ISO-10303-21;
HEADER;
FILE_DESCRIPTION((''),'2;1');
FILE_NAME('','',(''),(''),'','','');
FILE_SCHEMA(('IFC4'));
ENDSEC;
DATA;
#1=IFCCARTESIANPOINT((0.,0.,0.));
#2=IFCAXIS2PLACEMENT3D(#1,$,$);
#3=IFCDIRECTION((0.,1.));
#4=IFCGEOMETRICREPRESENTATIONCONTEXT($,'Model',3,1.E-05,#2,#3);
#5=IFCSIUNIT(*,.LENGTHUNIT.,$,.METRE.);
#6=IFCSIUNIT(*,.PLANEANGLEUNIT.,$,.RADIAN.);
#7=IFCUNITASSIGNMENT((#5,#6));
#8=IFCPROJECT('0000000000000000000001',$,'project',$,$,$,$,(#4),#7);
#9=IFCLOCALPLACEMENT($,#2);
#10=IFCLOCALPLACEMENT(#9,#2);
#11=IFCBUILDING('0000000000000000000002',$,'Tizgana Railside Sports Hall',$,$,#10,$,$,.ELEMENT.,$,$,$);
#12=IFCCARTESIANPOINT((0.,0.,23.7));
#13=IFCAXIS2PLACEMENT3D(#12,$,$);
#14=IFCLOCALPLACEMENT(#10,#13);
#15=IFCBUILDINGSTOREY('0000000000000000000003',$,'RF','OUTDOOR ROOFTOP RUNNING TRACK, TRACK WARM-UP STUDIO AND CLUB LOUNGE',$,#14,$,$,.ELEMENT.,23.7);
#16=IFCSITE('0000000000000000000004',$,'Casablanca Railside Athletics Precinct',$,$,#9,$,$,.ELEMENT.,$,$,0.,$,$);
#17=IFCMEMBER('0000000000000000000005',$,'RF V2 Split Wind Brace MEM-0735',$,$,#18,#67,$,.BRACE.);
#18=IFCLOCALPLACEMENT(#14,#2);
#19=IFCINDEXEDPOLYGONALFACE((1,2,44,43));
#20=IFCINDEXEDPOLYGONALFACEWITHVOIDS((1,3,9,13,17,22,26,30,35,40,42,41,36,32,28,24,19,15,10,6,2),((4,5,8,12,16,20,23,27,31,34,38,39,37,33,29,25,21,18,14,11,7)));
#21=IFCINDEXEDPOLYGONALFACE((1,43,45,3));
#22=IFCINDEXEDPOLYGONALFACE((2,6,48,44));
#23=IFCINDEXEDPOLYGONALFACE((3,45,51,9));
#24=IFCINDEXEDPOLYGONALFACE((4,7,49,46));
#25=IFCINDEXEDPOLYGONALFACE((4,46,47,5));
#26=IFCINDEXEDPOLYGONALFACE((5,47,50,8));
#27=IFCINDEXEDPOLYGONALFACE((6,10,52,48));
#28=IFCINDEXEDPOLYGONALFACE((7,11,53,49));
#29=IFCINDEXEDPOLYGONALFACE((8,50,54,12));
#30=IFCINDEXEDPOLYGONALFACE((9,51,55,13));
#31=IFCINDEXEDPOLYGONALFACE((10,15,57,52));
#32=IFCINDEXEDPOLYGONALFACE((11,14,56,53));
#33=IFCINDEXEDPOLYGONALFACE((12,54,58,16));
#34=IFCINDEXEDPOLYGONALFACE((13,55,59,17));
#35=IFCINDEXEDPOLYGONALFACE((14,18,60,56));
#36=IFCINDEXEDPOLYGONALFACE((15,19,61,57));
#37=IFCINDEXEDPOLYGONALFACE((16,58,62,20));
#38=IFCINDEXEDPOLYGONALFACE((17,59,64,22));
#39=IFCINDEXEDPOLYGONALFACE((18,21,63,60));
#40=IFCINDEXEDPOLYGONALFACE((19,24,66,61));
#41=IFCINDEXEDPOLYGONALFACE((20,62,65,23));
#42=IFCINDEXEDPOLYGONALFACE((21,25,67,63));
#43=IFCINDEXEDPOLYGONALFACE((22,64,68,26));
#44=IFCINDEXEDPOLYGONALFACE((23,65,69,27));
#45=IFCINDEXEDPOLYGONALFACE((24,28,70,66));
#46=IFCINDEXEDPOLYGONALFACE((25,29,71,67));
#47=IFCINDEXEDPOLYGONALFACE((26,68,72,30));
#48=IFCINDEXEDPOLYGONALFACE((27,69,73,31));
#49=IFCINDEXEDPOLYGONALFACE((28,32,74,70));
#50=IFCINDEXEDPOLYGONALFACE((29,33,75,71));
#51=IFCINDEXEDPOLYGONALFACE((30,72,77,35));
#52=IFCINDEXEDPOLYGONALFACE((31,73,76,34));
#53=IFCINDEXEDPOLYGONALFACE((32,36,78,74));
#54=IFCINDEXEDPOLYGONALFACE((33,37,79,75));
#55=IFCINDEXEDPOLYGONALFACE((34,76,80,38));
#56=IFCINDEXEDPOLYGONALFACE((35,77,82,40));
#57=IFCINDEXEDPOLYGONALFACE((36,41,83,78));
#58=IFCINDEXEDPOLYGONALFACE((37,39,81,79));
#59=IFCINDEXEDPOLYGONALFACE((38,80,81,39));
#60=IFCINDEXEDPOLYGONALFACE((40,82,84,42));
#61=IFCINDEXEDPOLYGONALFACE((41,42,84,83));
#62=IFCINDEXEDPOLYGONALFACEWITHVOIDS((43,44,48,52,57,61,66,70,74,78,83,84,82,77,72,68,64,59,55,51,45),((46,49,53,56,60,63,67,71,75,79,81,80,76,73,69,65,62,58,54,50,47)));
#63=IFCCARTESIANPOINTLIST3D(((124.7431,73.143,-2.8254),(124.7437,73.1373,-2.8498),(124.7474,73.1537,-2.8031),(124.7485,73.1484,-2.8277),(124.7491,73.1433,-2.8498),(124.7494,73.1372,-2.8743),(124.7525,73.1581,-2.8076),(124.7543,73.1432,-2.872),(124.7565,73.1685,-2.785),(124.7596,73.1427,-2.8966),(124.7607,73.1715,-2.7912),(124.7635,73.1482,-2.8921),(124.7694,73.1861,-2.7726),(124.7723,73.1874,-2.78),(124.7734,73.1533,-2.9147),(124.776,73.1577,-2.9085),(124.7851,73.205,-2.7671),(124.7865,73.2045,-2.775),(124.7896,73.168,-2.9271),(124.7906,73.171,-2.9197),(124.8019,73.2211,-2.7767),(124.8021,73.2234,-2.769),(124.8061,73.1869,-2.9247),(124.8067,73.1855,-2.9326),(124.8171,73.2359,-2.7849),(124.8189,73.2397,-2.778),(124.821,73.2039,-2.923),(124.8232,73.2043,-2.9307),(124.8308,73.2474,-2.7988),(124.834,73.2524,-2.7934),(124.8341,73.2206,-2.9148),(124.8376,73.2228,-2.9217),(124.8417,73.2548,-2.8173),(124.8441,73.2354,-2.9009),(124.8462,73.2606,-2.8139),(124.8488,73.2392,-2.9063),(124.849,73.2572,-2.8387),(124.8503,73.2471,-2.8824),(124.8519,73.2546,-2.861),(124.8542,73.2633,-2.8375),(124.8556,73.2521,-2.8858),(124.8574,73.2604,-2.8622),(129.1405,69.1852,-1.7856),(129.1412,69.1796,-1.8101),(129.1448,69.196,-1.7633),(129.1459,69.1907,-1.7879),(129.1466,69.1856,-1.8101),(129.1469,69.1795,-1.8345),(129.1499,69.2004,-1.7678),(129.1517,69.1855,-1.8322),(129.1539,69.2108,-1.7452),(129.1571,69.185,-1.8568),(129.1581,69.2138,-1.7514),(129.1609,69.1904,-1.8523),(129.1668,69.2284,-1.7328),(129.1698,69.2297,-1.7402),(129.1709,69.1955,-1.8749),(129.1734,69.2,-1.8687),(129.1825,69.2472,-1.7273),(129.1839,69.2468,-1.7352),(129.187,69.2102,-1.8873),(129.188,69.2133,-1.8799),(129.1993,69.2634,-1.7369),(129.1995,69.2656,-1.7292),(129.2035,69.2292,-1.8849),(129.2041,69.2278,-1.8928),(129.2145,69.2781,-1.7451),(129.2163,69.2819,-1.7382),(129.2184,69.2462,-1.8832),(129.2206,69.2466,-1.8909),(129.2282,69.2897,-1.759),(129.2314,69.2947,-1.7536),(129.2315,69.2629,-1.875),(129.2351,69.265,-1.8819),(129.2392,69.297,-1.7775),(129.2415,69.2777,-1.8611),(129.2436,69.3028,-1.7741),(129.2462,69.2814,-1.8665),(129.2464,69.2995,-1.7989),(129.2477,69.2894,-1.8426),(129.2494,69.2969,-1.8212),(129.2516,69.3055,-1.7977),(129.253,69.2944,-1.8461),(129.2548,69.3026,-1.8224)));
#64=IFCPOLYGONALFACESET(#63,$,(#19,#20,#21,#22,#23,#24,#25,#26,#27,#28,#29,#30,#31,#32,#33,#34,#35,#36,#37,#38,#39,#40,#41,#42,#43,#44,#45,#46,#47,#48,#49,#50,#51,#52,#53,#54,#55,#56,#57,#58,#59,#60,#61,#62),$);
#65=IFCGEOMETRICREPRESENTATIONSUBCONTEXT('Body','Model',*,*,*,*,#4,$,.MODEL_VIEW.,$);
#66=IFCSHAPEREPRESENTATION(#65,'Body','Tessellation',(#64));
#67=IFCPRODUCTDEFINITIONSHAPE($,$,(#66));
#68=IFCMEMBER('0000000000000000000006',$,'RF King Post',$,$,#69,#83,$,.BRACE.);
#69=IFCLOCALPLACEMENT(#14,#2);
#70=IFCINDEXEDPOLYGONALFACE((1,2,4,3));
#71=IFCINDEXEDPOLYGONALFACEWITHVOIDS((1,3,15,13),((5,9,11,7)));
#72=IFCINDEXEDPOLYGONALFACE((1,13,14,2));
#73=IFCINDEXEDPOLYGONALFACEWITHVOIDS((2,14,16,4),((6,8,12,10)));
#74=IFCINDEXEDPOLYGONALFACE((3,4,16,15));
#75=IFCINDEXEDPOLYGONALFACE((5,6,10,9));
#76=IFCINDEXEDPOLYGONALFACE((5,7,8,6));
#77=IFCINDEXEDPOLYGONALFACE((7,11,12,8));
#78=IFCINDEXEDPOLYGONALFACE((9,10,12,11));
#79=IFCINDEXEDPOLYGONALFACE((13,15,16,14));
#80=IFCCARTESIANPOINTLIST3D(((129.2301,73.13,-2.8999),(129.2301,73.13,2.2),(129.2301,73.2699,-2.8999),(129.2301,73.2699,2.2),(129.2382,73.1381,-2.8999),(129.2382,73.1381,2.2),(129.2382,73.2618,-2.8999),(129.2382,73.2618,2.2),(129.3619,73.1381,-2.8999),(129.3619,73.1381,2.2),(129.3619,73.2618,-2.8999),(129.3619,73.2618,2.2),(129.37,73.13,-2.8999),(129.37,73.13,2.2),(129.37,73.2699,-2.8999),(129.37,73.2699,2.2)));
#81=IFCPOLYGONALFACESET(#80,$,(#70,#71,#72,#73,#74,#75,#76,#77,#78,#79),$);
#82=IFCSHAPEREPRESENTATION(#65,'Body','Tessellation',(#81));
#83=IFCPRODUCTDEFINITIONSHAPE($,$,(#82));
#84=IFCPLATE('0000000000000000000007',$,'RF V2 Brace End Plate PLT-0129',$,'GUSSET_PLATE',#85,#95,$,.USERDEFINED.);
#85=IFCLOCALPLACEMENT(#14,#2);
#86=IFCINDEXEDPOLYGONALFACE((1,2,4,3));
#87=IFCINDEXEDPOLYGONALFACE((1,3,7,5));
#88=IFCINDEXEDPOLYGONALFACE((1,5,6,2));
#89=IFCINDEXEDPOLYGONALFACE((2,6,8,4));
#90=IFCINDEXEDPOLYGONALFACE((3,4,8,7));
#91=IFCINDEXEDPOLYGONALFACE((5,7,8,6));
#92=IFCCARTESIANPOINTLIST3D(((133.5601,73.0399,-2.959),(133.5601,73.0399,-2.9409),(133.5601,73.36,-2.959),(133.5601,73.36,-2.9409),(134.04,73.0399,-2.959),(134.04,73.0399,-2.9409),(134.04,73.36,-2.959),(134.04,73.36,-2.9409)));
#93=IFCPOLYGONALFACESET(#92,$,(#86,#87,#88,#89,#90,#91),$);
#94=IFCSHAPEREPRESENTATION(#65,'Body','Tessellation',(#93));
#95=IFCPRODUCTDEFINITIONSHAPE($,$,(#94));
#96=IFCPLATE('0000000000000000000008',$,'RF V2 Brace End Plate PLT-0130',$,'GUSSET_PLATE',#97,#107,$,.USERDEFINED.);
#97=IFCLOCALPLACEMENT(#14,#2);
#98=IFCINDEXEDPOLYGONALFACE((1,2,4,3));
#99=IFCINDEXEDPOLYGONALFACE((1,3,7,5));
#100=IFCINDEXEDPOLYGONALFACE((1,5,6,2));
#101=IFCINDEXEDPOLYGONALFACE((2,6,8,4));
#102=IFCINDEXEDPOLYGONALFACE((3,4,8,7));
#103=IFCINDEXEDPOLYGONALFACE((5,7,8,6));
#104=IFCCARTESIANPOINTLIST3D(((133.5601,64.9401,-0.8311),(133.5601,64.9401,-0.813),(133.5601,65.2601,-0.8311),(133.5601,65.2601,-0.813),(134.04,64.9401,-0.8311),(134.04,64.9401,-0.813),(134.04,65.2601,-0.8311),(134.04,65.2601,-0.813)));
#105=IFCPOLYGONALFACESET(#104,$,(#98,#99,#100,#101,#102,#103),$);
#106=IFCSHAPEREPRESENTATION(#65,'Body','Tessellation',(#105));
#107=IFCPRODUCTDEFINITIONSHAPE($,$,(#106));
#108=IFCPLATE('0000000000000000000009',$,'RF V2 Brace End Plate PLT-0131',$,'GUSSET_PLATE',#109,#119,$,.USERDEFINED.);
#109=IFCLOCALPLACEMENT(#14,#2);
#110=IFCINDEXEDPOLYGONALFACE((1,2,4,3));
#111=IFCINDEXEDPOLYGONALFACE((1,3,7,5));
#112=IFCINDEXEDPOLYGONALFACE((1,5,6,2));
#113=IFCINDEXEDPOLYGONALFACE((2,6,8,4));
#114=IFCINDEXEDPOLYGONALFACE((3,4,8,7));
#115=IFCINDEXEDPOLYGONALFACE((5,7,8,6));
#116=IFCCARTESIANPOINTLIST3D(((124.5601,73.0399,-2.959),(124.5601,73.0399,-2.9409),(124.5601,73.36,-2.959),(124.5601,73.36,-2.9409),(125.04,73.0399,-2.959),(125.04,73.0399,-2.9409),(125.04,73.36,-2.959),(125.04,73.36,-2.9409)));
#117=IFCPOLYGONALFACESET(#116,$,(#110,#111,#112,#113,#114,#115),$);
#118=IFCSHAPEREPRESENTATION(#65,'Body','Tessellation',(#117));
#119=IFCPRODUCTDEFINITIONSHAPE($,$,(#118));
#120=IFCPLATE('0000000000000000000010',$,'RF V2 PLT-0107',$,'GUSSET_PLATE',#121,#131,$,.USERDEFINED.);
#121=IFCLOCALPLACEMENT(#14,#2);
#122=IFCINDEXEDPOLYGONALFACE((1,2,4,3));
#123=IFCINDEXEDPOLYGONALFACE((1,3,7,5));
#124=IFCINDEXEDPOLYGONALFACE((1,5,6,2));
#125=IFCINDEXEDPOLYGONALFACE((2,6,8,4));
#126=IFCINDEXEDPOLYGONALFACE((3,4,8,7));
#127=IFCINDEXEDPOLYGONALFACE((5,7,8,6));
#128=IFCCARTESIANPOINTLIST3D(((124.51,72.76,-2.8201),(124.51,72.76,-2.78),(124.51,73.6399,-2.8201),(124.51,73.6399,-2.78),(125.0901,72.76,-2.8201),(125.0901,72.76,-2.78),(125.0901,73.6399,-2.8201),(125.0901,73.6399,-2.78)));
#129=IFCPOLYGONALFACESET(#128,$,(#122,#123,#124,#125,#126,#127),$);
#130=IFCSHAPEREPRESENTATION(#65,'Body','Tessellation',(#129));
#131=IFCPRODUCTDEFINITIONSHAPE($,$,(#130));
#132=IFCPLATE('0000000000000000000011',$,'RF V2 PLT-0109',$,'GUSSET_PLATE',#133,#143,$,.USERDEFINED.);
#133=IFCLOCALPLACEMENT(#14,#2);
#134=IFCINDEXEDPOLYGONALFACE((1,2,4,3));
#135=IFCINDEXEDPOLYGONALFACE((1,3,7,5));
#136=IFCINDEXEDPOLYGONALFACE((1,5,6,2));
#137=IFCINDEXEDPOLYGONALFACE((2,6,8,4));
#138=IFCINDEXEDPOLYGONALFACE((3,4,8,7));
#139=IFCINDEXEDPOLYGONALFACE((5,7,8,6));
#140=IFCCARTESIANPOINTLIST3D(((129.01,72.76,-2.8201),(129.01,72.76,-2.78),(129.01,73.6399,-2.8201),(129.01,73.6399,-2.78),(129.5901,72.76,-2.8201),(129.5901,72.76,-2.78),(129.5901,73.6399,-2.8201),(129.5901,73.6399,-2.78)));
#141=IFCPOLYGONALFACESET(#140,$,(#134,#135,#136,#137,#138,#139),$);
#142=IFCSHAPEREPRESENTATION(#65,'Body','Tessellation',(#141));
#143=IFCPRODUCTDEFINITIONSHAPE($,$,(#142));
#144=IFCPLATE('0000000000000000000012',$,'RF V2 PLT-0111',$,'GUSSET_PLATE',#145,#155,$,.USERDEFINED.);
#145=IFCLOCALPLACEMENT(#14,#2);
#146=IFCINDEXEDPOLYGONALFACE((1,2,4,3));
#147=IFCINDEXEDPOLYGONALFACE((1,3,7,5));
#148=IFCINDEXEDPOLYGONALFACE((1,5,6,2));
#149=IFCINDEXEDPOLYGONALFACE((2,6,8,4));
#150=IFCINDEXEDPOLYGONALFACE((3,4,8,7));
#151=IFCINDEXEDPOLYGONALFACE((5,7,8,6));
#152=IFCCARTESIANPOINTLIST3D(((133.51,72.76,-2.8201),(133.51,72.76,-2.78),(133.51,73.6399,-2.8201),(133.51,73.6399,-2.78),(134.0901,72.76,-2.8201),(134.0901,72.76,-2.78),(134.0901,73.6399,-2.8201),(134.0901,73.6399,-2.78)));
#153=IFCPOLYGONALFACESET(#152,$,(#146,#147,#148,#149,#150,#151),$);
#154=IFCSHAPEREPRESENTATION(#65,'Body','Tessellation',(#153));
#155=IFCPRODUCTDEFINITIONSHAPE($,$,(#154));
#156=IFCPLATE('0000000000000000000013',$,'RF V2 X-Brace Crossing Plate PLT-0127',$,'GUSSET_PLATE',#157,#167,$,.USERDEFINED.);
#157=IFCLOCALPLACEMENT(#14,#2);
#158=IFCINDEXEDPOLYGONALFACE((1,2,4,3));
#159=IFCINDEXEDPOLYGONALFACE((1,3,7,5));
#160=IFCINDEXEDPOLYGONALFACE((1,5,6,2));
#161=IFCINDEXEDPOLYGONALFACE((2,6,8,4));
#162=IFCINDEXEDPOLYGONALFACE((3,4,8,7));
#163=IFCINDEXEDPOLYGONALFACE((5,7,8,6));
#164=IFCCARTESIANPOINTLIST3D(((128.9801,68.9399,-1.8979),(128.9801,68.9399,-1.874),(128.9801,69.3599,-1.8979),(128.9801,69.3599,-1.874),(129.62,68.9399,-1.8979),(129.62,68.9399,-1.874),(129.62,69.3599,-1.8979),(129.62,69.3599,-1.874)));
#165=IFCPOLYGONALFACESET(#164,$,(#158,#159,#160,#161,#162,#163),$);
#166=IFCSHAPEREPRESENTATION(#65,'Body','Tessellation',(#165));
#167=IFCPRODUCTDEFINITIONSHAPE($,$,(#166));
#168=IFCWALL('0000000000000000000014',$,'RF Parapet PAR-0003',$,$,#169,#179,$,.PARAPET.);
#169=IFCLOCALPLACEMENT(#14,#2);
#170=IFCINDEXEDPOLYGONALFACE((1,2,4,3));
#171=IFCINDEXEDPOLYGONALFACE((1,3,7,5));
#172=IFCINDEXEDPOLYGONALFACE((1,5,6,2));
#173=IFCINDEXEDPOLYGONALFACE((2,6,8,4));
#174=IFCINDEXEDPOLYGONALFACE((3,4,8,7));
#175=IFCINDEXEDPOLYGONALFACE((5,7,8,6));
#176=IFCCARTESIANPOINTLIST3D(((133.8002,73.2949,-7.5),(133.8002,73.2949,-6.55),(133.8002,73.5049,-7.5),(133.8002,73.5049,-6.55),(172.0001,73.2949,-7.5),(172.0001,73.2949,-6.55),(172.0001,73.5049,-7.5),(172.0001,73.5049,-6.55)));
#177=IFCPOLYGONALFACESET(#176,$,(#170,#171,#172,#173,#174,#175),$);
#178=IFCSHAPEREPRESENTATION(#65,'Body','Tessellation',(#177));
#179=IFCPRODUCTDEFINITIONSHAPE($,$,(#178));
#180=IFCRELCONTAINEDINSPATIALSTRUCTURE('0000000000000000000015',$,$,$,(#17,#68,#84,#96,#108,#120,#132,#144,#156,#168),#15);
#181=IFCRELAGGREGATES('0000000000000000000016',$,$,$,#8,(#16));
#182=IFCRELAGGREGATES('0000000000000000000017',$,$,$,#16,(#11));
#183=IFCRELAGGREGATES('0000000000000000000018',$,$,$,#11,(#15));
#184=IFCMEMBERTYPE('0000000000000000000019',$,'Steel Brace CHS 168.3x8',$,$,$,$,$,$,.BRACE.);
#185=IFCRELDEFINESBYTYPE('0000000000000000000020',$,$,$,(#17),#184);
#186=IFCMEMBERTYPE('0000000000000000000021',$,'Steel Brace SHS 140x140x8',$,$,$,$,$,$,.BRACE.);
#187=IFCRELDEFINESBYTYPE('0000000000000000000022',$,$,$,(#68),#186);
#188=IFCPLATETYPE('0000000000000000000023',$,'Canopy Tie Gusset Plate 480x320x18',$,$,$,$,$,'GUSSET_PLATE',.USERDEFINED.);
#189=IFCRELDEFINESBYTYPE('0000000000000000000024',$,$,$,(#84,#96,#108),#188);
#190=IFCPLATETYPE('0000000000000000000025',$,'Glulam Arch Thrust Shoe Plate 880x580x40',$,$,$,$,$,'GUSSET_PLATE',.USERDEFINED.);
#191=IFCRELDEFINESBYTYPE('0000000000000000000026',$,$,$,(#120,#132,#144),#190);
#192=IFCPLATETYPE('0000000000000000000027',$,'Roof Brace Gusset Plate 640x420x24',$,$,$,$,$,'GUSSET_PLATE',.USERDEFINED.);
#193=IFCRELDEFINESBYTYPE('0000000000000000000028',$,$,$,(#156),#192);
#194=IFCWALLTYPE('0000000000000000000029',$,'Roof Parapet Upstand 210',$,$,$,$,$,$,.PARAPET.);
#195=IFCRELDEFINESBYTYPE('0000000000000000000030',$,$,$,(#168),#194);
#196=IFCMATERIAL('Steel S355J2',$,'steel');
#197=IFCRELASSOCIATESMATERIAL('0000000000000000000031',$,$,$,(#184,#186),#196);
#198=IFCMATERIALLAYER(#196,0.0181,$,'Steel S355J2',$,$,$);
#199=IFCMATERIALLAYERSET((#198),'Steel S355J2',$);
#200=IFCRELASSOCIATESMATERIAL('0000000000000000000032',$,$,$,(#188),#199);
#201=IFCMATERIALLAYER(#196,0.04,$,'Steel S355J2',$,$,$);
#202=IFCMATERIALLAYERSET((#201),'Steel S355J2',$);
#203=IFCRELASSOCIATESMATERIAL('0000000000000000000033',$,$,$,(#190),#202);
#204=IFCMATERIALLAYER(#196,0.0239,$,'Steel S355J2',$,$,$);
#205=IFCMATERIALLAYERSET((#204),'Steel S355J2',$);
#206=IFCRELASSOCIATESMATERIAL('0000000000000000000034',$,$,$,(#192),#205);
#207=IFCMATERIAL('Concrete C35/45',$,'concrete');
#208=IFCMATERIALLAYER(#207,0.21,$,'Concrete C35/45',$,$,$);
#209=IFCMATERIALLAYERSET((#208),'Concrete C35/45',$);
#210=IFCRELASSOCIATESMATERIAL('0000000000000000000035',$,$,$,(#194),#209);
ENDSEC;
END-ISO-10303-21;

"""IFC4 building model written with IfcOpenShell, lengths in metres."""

from ifc_helpers import new_model, si_unit, direction, frame, frame_2d, origin, origin_2d, place, context, subcontext, project, spatial, rectangle, hollow_rectangle, hollow_circle, extrude, material, layer, layer_set, material_profile, profile_set, type_object, element, save


model = new_model("IFC4")

# Units and contexts
model_context = context("Model", 3, precision=1e-05, world=origin(), true_north=direction((0.0, 1.0)))
body_context = subcontext(model_context, "Body", "Model", "MODEL_VIEW")
ifc_project = project(units=[si_unit("LENGTHUNIT", "METRE"), si_unit("PLANEANGLEUNIT", "RADIAN")], contexts=[model_context])

# Site, building, storey
site_placement = place(None, origin())
site = spatial("IfcSite", under=ifc_project, at=site_placement, Name="Casablanca Railside Athletics Precinct", CompositionType="ELEMENT", RefElevation=0.0)
building_placement = place(site_placement, origin())
building = spatial("IfcBuilding", under=site, at=building_placement, Name="Tizgana Railside Sports Hall", CompositionType="ELEMENT")
storey_placement = place(building_placement, frame((0.0, 0.0, 23.7)))
storey = spatial("IfcBuildingStorey", under=building, at=storey_placement, Name="RF", Description="OUTDOOR ROOFTOP RUNNING TRACK, TRACK WARM-UP STUDIO AND CLUB LOUNGE", CompositionType="ELEMENT", Elevation=23.7)

# Shared definitions
ifc_material_1 = material(Name="Steel S355J2", Category="steel")

# Members
ifc_material_profile_1 = material_profile(ifc_material_1, hollow_circle(Radius=0.0842, WallThickness=0.0081, at=origin_2d()), Name="CHS 168.3x8")
ifc_profile_set_1 = profile_set([ifc_material_profile_1], Name="Steel S355J2")
member_type_1 = type_object("IfcMemberType", Name="Steel Brace CHS 168.3x8", PredefinedType="BRACE", material=ifc_profile_set_1)
for number, where, z_axis, x_axis, name in (
    (1, (129.1975, 69.2422, -1.8101), (-0.732069, 0.658871, -0.1731), (-0.668969, -0.74329, 0.0), "RF V2 Split Wind Brace MEM-0735"),
):
    element("IfcMember", number, at=place(storey_placement, frame(where, z_axis=z_axis, x_axis=x_axis)), inside=storey, type_object=member_type_1, Name=name, PredefinedType="BRACE", context=body_context, shape_type="SweptSolid", body=[
        extrude(hollow_circle(Radius=0.0842, WallThickness=0.0081, at=origin_2d()), origin(), (0.0, 0.0, 1.0), 6.0068),
    ])
ifc_material_profile_2 = material_profile(ifc_material_1, hollow_rectangle(XDim=0.1399, YDim=0.1399, WallThickness=0.0081, at=origin_2d()), Name="SHS 140x140x8")
ifc_profile_set_2 = profile_set([ifc_material_profile_2], Name="Steel S355J2")
member_type_2 = type_object("IfcMemberType", Name="Steel Brace SHS 140x140x8", PredefinedType="BRACE", material=ifc_profile_set_2)
member_1_placement = place(storey_placement, frame((129.3, 73.2, -2.8999), z_axis=(0.0, 0.0, 1.0), x_axis=(1.0, 0.0, 0.0)))
element("IfcMember", 2, at=member_1_placement, inside=storey, type_object=member_type_2, Name="RF King Post", PredefinedType="BRACE", context=body_context, shape_type="SweptSolid", body=[
    extrude(hollow_rectangle(XDim=0.1399, YDim=0.1399, WallThickness=0.0081, at=origin_2d()), origin(), (0.0, 0.0, 1.0), 5.0999),
])

# Plates
ifc_layer_1 = layer(ifc_material_1, 0.0181, Name="Steel S355J2")
ifc_layer_set_1 = layer_set([ifc_layer_1], Name="Steel S355J2")
plate_type_1 = type_object("IfcPlateType", Name="Canopy Tie Gusset Plate 480x320x18", ElementType="GUSSET_PLATE", PredefinedType="USERDEFINED", material=ifc_layer_set_1)
for number, where, z_axis, x_axis, name in (
    (3, (133.8, 73.2, -2.959), (0.0, 0.0, 1.0), (1.0, 0.0, 0.0), "RF V2 Brace End Plate PLT-0129"),
    (4, (133.8, 65.1001, -0.8311), (0.0, 0.0, 1.0), (1.0, 0.0, 0.0), "RF V2 Brace End Plate PLT-0130"),
    (5, (124.8, 73.2, -2.959), (0.0, 0.0, 1.0), (1.0, 0.0, 0.0), "RF V2 Brace End Plate PLT-0131"),
):
    element("IfcPlate", number, at=place(storey_placement, frame(where, z_axis=z_axis, x_axis=x_axis)), inside=storey, type_object=plate_type_1, Name=name, ObjectType="GUSSET_PLATE", PredefinedType="USERDEFINED", context=body_context, shape_type="SweptSolid", body=[
        extrude(rectangle(XDim=0.48, YDim=0.3201, at=origin_2d()), origin(), (0.0, 0.0, 1.0), 0.0181),
    ])
ifc_layer_2 = layer(ifc_material_1, 0.04, Name="Steel S355J2")
ifc_layer_set_2 = layer_set([ifc_layer_2], Name="Steel S355J2")
plate_type_2 = type_object("IfcPlateType", Name="Glulam Arch Thrust Shoe Plate 880x580x40", ElementType="GUSSET_PLATE", PredefinedType="USERDEFINED", material=ifc_layer_set_2)
for number, where, z_axis, x_axis, name in (
    (6, (124.8, 73.2, -2.8201), (0.0, 0.0, 1.0), (1.0, 0.0, 0.0), "RF V2 PLT-0107"),
    (7, (129.3, 73.2, -2.8201), (0.0, 0.0, 1.0), (1.0, 0.0, 0.0), "RF V2 PLT-0109"),
    (8, (133.8, 73.2, -2.8201), (0.0, 0.0, 1.0), (1.0, 0.0, 0.0), "RF V2 PLT-0111"),
):
    element("IfcPlate", number, at=place(storey_placement, frame(where, z_axis=z_axis, x_axis=x_axis)), inside=storey, type_object=plate_type_2, Name=name, ObjectType="GUSSET_PLATE", PredefinedType="USERDEFINED", context=body_context, shape_type="SweptSolid", body=[
        extrude(rectangle(XDim=0.5801, YDim=0.8799, at=origin_2d()), origin(), (0.0, 0.0, 1.0), 0.04),
    ])
ifc_layer_3 = layer(ifc_material_1, 0.0239, Name="Steel S355J2")
ifc_layer_set_3 = layer_set([ifc_layer_3], Name="Steel S355J2")
plate_type_3 = type_object("IfcPlateType", Name="Roof Brace Gusset Plate 640x420x24", ElementType="GUSSET_PLATE", PredefinedType="USERDEFINED", material=ifc_layer_set_3)
plate_placement = place(storey_placement, frame((129.3, 69.1499, -1.8979), z_axis=(0.0, 0.0, 1.0), x_axis=(1.0, 0.0, 0.0)))
element("IfcPlate", 9, at=plate_placement, inside=storey, type_object=plate_type_3, Name="RF V2 X-Brace Crossing Plate PLT-0127", ObjectType="GUSSET_PLATE", PredefinedType="USERDEFINED", context=body_context, shape_type="SweptSolid", body=[
    extrude(rectangle(XDim=0.6399, YDim=0.4199, at=origin_2d()), origin(), (0.0, 0.0, 1.0), 0.0239),
])

# Wall
ifc_material_2 = material(Name="Concrete C35/45", Category="concrete")
ifc_layer_4 = layer(ifc_material_2, 0.21, Name="Concrete C35/45")
ifc_layer_set_4 = layer_set([ifc_layer_4], Name="Concrete C35/45")
wall_type = type_object("IfcWallType", Name="Roof Parapet Upstand 210", PredefinedType="PARAPET", material=ifc_layer_set_4)
wall_placement = place(storey_placement, frame((133.8, 73.3999, -7.5), z_axis=(0.0, 0.0, 1.0), x_axis=(1.0, 0.0, 0.0)))
element("IfcWall", 10, at=wall_placement, inside=storey, type_object=wall_type, Name="RF Parapet PAR-0003", PredefinedType="PARAPET", context=body_context, shape_type="SweptSolid", body=[
    extrude(rectangle(XDim=38.2, YDim=0.21, at=frame_2d((19.1001, 0.0))), origin(), (0.0, 0.0, 1.0), 0.95),
])

save(model, "model.ifc")
